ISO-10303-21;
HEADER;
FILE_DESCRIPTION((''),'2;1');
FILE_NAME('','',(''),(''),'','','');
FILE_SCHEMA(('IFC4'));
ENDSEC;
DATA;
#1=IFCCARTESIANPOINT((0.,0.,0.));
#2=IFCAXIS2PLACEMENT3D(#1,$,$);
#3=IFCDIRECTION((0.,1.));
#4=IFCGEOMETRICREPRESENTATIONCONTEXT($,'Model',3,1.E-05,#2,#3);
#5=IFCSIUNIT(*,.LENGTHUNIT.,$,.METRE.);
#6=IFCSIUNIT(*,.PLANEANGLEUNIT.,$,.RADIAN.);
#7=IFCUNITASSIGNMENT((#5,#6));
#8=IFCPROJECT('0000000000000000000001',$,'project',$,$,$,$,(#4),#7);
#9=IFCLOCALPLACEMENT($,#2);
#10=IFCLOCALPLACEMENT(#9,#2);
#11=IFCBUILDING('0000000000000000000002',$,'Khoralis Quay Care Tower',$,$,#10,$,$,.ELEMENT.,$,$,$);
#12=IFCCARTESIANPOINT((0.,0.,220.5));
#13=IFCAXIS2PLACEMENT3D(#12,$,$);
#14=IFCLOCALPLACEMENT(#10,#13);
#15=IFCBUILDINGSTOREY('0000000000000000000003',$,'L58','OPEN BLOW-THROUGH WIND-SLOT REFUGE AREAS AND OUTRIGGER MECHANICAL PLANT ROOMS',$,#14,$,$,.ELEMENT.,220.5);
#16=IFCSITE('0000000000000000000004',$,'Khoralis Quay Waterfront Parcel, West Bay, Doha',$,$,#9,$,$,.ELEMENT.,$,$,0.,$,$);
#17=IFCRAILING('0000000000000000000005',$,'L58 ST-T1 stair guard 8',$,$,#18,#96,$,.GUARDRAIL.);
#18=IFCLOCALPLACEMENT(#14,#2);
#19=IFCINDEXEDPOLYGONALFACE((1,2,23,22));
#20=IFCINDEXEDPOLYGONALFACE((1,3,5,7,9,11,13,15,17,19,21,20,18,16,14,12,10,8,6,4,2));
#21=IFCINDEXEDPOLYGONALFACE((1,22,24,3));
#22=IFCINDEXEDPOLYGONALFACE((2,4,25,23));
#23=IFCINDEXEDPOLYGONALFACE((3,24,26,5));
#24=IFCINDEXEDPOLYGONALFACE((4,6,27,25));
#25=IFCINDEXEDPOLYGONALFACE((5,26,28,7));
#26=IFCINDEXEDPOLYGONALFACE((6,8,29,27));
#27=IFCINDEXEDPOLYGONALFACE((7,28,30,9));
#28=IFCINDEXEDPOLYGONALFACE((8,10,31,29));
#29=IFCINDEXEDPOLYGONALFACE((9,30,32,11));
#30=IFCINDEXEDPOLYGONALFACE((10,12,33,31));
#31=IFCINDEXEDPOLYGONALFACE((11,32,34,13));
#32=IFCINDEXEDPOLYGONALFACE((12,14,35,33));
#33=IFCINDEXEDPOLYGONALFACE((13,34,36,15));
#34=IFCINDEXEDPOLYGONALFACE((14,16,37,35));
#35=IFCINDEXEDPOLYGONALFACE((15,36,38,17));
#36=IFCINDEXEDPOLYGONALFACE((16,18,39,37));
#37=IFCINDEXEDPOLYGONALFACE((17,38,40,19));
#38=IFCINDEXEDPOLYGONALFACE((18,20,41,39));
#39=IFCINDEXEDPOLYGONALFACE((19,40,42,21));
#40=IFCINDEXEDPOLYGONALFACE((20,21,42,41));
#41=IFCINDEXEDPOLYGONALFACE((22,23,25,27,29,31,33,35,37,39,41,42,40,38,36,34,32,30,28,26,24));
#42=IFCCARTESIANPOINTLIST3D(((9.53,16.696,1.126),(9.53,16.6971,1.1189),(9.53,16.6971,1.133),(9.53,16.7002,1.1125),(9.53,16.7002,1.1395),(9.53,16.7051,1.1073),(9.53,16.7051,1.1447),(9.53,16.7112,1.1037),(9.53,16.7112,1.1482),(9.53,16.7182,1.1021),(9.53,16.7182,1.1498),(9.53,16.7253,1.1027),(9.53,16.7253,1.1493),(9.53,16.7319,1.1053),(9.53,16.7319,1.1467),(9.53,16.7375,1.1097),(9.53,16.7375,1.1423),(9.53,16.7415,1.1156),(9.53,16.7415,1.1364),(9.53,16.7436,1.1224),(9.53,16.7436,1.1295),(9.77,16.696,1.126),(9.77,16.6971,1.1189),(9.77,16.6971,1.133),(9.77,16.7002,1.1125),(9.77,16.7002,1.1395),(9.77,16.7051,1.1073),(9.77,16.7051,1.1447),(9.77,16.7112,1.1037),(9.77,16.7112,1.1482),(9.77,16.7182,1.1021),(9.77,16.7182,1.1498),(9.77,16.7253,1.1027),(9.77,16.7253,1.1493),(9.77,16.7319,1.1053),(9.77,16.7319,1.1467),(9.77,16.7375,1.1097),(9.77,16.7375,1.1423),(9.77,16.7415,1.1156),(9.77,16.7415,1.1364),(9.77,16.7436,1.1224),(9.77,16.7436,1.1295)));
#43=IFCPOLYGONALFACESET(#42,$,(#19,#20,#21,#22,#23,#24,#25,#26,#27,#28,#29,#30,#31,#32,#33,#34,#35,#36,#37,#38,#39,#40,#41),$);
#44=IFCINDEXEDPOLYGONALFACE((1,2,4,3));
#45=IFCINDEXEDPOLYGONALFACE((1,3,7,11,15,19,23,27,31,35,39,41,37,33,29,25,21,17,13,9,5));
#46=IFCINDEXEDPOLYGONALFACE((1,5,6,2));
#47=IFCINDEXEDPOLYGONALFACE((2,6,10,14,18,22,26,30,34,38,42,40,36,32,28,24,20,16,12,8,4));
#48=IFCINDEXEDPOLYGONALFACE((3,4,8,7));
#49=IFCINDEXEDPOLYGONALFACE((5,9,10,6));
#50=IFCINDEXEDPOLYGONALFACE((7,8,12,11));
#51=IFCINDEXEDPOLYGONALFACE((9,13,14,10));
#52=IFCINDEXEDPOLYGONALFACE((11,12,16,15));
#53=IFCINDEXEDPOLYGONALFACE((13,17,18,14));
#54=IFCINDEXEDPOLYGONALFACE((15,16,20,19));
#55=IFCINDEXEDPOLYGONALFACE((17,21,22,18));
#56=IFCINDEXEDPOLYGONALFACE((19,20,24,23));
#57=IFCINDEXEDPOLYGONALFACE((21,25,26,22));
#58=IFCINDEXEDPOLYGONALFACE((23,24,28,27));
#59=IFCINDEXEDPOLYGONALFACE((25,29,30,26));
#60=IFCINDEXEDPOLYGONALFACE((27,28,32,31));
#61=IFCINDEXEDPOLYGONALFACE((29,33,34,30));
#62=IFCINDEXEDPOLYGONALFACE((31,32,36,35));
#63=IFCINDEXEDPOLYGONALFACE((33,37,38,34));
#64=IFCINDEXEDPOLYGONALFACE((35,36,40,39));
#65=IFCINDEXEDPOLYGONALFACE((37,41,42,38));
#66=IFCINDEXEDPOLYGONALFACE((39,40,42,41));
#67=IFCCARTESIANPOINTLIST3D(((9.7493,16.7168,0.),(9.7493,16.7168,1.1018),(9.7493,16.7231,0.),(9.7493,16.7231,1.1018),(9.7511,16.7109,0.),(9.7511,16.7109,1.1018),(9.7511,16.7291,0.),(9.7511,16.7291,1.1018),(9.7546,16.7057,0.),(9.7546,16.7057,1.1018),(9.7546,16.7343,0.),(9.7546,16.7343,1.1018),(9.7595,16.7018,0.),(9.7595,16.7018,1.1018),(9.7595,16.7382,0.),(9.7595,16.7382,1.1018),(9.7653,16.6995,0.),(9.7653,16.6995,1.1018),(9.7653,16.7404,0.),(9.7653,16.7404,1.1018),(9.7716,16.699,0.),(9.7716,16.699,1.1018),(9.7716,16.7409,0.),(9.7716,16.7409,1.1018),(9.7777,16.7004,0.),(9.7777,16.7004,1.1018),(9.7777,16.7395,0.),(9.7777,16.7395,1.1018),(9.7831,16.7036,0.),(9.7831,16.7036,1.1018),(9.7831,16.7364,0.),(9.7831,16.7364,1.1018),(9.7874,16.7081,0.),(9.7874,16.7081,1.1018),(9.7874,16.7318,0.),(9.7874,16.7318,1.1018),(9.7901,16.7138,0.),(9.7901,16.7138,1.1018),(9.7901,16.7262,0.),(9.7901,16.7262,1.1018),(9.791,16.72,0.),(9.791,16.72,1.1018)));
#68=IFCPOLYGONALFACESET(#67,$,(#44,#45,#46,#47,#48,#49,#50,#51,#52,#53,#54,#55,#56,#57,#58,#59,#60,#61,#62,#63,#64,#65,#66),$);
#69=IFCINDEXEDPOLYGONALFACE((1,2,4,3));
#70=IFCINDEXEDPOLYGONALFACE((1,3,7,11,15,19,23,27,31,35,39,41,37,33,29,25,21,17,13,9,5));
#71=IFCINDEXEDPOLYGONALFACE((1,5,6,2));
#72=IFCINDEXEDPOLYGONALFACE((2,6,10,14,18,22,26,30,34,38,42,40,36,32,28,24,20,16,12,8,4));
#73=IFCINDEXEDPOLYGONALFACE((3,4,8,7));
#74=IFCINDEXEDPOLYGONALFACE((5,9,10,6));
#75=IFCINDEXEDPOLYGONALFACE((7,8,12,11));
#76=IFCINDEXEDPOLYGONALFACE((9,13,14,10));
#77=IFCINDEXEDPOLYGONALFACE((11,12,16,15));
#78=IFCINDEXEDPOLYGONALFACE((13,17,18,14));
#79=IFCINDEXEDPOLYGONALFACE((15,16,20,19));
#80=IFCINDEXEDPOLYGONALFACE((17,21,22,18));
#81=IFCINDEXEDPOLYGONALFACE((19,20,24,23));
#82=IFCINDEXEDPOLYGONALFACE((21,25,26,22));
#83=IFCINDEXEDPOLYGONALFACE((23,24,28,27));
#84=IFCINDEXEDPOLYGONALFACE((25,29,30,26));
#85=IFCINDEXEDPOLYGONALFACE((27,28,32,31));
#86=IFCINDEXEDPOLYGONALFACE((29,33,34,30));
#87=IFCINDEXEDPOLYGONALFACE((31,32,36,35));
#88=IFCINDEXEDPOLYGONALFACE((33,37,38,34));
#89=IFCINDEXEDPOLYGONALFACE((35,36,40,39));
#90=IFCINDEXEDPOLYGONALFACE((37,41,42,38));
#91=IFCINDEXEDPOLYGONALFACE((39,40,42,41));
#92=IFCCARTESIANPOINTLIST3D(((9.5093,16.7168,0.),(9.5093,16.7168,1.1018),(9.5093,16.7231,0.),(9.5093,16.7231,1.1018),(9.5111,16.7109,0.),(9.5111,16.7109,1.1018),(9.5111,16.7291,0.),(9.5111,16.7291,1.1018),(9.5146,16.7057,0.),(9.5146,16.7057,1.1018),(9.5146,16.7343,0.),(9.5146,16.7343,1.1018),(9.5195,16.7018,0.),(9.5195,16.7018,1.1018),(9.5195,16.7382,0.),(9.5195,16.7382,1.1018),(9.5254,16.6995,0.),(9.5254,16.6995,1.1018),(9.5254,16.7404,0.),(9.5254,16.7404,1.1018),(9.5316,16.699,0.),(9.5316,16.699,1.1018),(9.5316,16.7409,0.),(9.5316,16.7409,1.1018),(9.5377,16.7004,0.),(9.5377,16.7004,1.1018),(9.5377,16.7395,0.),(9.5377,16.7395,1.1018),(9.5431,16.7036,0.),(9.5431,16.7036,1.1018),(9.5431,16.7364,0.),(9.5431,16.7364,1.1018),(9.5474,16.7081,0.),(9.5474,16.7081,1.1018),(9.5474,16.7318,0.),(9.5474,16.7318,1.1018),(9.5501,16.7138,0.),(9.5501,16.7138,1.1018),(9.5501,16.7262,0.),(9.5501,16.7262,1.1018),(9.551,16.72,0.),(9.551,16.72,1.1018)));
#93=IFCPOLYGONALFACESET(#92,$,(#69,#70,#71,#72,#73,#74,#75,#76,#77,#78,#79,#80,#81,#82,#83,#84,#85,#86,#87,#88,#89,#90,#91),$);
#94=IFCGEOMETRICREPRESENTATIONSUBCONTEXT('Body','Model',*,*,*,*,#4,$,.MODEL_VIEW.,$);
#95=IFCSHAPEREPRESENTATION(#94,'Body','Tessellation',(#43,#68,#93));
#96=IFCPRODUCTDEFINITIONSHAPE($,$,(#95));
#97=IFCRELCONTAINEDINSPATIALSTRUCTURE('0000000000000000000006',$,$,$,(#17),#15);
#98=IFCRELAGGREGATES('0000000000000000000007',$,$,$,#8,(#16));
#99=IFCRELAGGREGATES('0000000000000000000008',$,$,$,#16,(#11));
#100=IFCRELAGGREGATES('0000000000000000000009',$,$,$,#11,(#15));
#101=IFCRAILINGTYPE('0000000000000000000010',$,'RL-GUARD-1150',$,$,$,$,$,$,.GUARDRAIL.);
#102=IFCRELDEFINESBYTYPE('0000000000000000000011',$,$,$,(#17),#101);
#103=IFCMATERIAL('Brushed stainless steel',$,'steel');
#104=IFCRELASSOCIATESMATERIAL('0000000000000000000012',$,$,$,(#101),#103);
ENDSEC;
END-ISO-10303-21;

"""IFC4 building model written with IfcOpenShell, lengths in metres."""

from ifc_helpers import new_model, si_unit, direction, frame, origin, origin_2d, place, context, subcontext, project, spatial, circle, extrude, material, type_object, element, save


model = new_model("IFC4")

# Units and contexts
model_context = context("Model", 3, precision=1e-05, world=origin(), true_north=direction((0.0, 1.0)))
body_context = subcontext(model_context, "Body", "Model", "MODEL_VIEW")
ifc_project = project(units=[si_unit("LENGTHUNIT", "METRE"), si_unit("PLANEANGLEUNIT", "RADIAN")], contexts=[model_context])

# Site, building, storey
site_placement = place(None, origin())
site = spatial("IfcSite", under=ifc_project, at=site_placement, Name="Khoralis Quay Waterfront Parcel, West Bay, Doha", CompositionType="ELEMENT", RefElevation=0.0)
building_placement = place(site_placement, origin())
building = spatial("IfcBuilding", under=site, at=building_placement, Name="Khoralis Quay Care Tower", CompositionType="ELEMENT")
storey_placement = place(building_placement, frame((0.0, 0.0, 220.5)))
storey = spatial("IfcBuildingStorey", under=building, at=storey_placement, Name="L58", Description="OPEN BLOW-THROUGH WIND-SLOT REFUGE AREAS AND OUTRIGGER MECHANICAL PLANT ROOMS", CompositionType="ELEMENT", Elevation=220.5)

# Shared definitions
ifc_material_1 = material(Name="Brushed stainless steel", Category="steel")

# Railing
railing_type_1 = type_object("IfcRailingType", Name="RL-GUARD-1150", PredefinedType="GUARDRAIL", material=ifc_material_1)
railing_1_placement = place(storey_placement, frame((9.77, 16.72, 0.0)))
element("IfcRailing", 1, at=railing_1_placement, inside=storey, type_object=railing_type_1, Name="L58 ST-T1 stair guard 8", PredefinedType="GUARDRAIL", context=body_context, shape_type="SweptSolid", body=[
    extrude(circle(Radius=0.0239, at=origin_2d()), frame((0.0, 0.0, 1.126), z_axis=(-1.0, 0.0, 0.0), x_axis=(0.0, -1.0, 0.0)), (0.0, 0.0, 1.0), 0.24),
    extrude(circle(Radius=0.021, at=origin_2d()), origin(), (0.0, 0.0, 1.0), 1.1018),
    extrude(circle(Radius=0.021, at=origin_2d()), frame((-0.24, 0.0, 0.0)), (0.0, 0.0, 1.0), 1.1018),
])

save(model, "model.ifc")
